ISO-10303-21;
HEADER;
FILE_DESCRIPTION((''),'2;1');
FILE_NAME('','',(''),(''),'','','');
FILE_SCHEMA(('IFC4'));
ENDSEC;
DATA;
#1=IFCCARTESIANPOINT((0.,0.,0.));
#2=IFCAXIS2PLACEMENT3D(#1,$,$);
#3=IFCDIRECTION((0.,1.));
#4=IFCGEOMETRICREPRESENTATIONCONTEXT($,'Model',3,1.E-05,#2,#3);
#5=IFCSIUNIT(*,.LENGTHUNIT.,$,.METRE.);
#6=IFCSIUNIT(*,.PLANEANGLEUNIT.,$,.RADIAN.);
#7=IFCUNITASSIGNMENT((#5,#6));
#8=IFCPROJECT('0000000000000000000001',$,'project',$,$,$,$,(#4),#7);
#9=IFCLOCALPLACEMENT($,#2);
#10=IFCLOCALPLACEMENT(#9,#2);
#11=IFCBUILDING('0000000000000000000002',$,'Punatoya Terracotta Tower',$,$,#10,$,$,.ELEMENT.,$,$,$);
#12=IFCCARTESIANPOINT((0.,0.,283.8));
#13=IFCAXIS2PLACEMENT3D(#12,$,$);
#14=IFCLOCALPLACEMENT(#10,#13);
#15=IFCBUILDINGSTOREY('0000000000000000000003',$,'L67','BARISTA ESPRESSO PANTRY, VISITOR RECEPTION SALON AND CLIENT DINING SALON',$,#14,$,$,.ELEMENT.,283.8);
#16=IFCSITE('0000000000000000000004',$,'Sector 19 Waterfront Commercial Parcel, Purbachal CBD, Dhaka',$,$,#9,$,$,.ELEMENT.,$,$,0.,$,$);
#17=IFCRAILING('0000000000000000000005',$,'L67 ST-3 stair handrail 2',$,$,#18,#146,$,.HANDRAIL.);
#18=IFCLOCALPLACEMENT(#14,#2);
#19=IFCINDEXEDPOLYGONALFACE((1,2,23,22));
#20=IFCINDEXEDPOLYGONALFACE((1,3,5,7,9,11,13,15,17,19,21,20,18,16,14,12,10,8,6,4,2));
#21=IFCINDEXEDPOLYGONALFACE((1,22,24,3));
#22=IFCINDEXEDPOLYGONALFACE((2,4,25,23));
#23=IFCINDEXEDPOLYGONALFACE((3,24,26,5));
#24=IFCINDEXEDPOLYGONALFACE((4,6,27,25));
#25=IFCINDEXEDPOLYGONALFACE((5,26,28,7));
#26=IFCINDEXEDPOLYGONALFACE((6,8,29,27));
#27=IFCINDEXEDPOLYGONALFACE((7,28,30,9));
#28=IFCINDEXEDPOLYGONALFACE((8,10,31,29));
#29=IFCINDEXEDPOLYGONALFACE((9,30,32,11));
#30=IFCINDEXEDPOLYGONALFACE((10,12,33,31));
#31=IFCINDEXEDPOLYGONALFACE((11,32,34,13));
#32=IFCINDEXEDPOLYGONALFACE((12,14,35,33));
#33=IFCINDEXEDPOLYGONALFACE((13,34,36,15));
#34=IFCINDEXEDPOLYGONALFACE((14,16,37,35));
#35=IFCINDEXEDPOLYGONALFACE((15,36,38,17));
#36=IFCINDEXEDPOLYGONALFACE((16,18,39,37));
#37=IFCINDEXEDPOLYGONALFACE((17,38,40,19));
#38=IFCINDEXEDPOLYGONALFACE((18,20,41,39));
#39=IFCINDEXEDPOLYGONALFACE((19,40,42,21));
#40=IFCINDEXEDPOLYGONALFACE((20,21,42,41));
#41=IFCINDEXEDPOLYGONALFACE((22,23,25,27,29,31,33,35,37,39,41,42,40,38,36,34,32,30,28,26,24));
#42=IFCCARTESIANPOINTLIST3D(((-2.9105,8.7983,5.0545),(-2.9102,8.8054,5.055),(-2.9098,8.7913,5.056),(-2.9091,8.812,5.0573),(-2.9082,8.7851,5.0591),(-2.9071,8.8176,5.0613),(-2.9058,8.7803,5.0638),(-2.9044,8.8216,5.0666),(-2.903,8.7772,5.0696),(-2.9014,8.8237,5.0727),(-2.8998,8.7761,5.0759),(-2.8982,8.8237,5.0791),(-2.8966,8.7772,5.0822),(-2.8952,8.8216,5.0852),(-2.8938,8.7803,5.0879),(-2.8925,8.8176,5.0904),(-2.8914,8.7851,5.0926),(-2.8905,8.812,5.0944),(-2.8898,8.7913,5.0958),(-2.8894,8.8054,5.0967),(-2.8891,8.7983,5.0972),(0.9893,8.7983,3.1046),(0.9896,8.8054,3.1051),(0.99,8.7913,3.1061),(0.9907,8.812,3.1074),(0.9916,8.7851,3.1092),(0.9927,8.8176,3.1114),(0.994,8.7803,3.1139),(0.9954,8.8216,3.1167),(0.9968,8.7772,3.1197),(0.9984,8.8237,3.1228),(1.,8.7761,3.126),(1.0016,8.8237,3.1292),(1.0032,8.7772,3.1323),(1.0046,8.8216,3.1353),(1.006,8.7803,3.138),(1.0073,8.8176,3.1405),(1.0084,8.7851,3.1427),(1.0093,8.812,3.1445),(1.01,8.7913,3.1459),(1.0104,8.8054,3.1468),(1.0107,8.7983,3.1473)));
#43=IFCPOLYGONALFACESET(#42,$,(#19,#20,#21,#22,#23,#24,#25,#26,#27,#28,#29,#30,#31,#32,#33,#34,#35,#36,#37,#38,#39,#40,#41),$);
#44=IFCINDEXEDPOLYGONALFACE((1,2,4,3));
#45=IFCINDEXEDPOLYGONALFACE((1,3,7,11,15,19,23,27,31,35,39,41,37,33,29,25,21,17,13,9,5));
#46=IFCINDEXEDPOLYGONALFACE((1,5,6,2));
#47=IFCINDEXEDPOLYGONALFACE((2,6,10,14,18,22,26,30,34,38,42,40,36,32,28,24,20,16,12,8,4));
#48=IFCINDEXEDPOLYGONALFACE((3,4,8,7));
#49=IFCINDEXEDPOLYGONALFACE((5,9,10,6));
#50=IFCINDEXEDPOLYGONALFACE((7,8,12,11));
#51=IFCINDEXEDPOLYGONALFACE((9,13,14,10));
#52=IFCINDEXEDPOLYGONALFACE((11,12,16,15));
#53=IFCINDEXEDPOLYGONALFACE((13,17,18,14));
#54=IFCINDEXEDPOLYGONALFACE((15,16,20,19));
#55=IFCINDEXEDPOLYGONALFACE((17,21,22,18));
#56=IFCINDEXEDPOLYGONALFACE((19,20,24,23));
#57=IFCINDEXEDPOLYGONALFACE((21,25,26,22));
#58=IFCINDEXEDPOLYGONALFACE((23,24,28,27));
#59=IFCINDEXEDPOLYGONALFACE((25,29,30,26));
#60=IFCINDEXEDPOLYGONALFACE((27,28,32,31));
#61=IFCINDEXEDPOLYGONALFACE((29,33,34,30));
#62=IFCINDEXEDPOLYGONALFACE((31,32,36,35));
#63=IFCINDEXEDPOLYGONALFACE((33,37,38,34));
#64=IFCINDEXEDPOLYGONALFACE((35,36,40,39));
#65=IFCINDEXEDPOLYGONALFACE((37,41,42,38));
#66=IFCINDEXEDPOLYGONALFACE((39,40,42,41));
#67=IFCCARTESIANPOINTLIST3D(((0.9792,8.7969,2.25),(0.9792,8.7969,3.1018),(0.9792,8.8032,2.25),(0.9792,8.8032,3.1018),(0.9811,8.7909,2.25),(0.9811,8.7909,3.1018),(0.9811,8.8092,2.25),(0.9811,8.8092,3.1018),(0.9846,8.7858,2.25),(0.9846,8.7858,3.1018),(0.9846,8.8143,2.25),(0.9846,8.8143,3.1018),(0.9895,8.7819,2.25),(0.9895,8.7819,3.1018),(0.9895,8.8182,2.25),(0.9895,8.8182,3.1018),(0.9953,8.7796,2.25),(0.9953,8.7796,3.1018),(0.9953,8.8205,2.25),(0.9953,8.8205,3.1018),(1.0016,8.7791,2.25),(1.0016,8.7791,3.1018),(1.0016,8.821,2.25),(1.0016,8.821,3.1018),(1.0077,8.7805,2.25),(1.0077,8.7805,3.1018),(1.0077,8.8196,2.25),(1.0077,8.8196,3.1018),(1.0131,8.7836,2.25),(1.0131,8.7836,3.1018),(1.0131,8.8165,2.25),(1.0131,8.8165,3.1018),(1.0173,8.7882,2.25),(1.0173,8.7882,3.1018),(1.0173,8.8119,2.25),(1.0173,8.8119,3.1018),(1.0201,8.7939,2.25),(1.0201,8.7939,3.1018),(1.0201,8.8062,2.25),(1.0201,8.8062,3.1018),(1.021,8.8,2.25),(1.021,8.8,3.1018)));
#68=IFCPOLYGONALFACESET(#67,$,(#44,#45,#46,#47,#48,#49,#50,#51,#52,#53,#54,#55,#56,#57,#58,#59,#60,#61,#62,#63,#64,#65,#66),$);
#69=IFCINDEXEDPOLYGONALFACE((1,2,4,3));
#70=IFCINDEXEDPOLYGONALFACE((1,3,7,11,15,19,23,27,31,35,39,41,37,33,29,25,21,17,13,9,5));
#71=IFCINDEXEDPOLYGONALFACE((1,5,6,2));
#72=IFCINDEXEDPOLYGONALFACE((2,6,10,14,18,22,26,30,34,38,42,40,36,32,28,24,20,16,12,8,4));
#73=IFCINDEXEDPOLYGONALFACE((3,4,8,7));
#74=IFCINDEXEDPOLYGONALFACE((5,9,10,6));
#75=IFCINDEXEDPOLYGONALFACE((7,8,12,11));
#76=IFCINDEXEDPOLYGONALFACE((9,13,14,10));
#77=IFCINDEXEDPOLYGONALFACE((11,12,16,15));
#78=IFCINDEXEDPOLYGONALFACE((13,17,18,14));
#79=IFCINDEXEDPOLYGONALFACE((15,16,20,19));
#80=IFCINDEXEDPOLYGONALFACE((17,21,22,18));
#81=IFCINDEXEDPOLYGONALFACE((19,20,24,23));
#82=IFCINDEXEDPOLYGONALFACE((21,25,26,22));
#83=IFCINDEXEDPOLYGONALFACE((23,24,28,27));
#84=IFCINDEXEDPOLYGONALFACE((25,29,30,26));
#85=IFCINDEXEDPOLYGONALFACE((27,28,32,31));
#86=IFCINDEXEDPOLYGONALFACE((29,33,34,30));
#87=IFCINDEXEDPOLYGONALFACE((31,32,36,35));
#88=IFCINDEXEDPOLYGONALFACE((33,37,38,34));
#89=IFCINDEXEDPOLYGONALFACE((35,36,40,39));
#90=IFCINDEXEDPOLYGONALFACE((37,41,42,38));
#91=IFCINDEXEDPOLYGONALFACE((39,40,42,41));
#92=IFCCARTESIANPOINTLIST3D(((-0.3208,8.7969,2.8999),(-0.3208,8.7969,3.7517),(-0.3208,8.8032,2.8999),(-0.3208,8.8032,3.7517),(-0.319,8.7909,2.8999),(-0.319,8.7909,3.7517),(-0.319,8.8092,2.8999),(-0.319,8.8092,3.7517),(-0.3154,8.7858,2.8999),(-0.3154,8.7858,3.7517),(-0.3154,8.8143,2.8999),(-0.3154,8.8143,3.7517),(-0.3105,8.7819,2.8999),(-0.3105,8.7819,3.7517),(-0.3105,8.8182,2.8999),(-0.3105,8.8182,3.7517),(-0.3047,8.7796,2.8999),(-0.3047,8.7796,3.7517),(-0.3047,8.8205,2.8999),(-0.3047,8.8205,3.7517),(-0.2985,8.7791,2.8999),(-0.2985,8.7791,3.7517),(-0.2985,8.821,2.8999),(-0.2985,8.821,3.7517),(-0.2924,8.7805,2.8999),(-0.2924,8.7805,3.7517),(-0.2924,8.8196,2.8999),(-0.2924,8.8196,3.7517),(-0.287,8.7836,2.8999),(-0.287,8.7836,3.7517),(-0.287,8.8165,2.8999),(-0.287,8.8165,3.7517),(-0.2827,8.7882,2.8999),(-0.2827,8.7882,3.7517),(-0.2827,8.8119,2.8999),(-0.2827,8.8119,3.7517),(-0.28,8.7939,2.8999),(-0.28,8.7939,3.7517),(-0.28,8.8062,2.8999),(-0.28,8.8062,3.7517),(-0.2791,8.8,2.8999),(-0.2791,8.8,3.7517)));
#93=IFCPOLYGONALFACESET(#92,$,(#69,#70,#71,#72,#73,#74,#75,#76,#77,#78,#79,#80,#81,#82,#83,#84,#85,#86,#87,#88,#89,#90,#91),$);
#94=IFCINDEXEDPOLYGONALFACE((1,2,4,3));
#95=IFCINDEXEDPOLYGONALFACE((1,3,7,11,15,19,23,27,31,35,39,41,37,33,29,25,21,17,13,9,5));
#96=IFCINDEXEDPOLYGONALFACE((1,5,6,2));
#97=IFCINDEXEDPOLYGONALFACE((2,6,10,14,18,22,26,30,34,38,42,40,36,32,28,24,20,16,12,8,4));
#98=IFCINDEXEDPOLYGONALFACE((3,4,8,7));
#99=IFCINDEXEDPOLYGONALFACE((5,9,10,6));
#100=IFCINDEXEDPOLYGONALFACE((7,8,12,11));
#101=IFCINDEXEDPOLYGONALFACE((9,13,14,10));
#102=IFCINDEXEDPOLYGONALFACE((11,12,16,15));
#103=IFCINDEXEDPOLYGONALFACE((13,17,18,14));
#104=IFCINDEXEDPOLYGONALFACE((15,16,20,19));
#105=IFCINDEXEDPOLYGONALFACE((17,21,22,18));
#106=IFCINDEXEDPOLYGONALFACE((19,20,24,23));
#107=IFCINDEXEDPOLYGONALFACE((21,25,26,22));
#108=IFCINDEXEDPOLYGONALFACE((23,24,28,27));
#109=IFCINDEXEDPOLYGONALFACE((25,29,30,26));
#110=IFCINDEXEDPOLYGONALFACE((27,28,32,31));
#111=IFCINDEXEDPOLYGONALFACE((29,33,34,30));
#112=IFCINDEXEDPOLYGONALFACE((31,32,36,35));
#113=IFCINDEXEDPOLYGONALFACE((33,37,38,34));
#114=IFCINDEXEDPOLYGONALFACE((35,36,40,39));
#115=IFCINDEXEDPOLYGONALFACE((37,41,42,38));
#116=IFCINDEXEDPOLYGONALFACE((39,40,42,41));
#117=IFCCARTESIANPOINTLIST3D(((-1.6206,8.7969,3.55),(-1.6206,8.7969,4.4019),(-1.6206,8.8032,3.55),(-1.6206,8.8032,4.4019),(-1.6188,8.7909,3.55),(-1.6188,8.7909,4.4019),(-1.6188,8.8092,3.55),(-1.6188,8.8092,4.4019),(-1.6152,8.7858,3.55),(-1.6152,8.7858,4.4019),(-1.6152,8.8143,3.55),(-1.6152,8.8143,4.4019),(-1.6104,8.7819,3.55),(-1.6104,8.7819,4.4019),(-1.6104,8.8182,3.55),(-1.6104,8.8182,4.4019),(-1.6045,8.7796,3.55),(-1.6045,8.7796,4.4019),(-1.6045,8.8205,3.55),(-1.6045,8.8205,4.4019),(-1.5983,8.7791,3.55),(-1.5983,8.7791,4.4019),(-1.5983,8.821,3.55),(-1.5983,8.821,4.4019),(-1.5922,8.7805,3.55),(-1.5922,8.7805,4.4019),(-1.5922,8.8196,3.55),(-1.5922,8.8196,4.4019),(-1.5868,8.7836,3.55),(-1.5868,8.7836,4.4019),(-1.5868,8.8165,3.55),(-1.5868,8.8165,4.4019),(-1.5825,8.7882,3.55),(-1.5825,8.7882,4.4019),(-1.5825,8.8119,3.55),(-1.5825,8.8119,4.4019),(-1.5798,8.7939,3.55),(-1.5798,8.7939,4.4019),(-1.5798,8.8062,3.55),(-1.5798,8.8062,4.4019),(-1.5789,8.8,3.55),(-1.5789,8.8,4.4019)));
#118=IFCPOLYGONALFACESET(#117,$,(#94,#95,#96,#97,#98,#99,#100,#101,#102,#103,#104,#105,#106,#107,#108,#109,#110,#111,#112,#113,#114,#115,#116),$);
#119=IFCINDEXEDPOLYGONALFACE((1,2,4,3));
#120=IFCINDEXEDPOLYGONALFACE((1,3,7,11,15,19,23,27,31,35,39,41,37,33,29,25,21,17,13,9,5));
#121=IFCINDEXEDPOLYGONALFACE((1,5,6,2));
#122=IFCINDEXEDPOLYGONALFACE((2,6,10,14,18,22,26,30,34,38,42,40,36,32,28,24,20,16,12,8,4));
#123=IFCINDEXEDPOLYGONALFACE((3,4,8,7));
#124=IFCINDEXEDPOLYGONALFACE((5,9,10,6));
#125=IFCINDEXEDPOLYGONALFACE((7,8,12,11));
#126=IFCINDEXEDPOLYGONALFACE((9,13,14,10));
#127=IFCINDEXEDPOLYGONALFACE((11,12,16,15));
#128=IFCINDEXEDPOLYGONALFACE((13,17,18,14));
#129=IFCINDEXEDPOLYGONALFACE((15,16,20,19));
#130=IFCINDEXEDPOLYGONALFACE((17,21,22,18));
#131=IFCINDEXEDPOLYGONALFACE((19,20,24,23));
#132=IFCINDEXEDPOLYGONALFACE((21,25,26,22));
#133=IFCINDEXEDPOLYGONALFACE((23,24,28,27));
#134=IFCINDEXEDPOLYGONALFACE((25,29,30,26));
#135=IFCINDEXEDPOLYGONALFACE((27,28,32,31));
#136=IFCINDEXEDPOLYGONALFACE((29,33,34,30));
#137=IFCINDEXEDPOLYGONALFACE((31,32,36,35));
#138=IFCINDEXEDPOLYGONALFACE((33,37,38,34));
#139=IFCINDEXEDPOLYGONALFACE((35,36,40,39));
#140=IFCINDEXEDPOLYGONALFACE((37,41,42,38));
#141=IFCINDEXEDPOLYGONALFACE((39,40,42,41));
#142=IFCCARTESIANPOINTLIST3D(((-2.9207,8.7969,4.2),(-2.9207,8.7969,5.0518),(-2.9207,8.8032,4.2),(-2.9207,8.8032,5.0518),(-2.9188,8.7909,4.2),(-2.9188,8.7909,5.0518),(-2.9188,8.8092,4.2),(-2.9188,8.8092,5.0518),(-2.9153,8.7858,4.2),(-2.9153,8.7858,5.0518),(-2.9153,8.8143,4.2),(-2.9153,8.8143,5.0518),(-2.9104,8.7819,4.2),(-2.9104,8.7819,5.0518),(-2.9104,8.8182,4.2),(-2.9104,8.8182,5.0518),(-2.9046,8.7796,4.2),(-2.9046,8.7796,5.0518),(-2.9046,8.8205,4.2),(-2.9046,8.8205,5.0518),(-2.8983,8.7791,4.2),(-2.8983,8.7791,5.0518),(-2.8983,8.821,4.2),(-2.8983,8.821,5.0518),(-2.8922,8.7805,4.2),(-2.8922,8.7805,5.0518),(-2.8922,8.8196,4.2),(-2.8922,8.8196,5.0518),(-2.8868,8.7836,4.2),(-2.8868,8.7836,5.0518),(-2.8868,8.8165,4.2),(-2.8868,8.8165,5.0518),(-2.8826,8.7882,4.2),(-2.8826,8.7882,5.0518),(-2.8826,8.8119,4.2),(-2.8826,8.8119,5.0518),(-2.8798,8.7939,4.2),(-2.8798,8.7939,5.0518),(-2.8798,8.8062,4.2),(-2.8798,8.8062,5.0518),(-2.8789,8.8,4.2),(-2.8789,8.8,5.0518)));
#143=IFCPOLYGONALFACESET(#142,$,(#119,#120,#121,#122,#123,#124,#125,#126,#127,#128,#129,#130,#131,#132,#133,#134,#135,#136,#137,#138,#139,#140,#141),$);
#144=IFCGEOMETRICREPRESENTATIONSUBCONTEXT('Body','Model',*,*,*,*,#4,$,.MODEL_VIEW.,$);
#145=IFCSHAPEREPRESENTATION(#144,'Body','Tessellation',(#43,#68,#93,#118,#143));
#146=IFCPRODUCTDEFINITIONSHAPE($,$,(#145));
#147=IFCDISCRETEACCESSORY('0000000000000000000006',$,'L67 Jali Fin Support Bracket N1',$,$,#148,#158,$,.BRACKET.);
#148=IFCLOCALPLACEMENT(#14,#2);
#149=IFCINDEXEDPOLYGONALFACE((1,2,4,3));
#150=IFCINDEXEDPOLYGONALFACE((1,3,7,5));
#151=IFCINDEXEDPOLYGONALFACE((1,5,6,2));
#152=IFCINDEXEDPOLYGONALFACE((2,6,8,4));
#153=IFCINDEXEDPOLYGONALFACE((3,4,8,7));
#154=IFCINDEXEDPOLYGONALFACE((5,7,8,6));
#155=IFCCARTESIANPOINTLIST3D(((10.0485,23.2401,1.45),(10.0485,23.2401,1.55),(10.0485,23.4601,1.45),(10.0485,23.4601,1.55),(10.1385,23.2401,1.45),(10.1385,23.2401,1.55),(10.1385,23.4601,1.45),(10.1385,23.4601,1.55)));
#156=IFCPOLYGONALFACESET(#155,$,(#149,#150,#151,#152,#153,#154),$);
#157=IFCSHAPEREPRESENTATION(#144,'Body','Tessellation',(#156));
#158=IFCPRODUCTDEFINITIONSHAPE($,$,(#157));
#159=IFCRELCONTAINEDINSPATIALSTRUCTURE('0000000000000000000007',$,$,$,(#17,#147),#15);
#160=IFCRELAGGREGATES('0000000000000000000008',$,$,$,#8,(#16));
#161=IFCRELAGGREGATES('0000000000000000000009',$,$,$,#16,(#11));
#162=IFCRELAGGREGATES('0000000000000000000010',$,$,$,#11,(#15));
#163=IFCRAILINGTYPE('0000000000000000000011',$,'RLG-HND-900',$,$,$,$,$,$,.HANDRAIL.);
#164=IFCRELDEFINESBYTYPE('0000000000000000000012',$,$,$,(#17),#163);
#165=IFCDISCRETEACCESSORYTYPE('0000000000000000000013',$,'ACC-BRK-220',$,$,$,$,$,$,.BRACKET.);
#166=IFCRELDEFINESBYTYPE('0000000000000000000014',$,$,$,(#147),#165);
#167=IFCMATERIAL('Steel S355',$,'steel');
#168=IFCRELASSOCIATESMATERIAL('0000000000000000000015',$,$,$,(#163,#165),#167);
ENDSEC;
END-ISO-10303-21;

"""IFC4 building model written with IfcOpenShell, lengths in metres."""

from ifc_helpers import new_model, si_unit, direction, frame, origin, origin_2d, place, context, subcontext, project, spatial, rectangle, circle, extrude, material, type_object, element, save


model = new_model("IFC4")

# Units and contexts
model_context = context("Model", 3, precision=1e-05, world=origin(), true_north=direction((0.0, 1.0)))
body_context = subcontext(model_context, "Body", "Model", "MODEL_VIEW")
ifc_project = project(units=[si_unit("LENGTHUNIT", "METRE"), si_unit("PLANEANGLEUNIT", "RADIAN")], contexts=[model_context])

# Site, building, storey
site_placement = place(None, origin())
site = spatial("IfcSite", under=ifc_project, at=site_placement, Name="Sector 19 Waterfront Commercial Parcel, Purbachal CBD, Dhaka", CompositionType="ELEMENT", RefElevation=0.0)
building_placement = place(site_placement, origin())
building = spatial("IfcBuilding", under=site, at=building_placement, Name="Punatoya Terracotta Tower", CompositionType="ELEMENT")
storey_placement = place(building_placement, frame((0.0, 0.0, 283.8)))
storey = spatial("IfcBuildingStorey", under=building, at=storey_placement, Name="L67", Description="BARISTA ESPRESSO PANTRY, VISITOR RECEPTION SALON AND CLIENT DINING SALON", CompositionType="ELEMENT", Elevation=283.8)

# Railing
ifc_material_1 = material(Name="Steel S355", Category="steel")
railing_type = type_object("IfcRailingType", Name="RLG-HND-900", PredefinedType="HANDRAIL", material=ifc_material_1)
railing_placement = place(storey_placement, frame((1.0, 8.8, 2.25)))
element("IfcRailing", 1, at=railing_placement, inside=storey, type_object=railing_type, Name="L67 ST-3 stair handrail 2", PredefinedType="HANDRAIL", context=body_context, shape_type="SweptSolid", body=[
    extrude(circle(Radius=0.0239, at=origin_2d()), frame((0.0, 0.0, 0.876), z_axis=(-0.894427, 0.0, 0.447214), x_axis=(0.0, -1.0, 0.0)), (0.0, 0.0, 1.0), 4.3601),
    extrude(circle(Radius=0.021, at=origin_2d()), origin(), (0.0, 0.0, 1.0), 0.8518),
    extrude(circle(Radius=0.021, at=origin_2d()), frame((-1.3, 0.0, 0.6499)), (0.0, 0.0, 1.0), 0.8518),
    extrude(circle(Radius=0.021, at=origin_2d()), frame((-2.5999, 0.0, 1.3)), (0.0, 0.0, 1.0), 0.8518),
    extrude(circle(Radius=0.021, at=origin_2d()), frame((-3.8999, 0.0, 1.95)), (0.0, 0.0, 1.0), 0.8518),
])

# Discrete accessory
discrete_accessory_type = type_object("IfcDiscreteAccessoryType", Name="ACC-BRK-220", PredefinedType="BRACKET", material=ifc_material_1)
discrete_accessory_placement = place(storey_placement, frame((10.0935, 23.3501, 1.45), z_axis=(0.0, 0.0, 1.0), x_axis=(-1.0, 0.0, 0.0)))
element("IfcDiscreteAccessory", 2, at=discrete_accessory_placement, inside=storey, type_object=discrete_accessory_type, Name="L67 Jali Fin Support Bracket N1", PredefinedType="BRACKET", context=body_context, shape_type="SweptSolid", body=[
    extrude(rectangle(XDim=0.0901, YDim=0.22, at=origin_2d()), origin(), (0.0, 0.0, 1.0), 0.1001),
])

save(model, "model.ifc")
